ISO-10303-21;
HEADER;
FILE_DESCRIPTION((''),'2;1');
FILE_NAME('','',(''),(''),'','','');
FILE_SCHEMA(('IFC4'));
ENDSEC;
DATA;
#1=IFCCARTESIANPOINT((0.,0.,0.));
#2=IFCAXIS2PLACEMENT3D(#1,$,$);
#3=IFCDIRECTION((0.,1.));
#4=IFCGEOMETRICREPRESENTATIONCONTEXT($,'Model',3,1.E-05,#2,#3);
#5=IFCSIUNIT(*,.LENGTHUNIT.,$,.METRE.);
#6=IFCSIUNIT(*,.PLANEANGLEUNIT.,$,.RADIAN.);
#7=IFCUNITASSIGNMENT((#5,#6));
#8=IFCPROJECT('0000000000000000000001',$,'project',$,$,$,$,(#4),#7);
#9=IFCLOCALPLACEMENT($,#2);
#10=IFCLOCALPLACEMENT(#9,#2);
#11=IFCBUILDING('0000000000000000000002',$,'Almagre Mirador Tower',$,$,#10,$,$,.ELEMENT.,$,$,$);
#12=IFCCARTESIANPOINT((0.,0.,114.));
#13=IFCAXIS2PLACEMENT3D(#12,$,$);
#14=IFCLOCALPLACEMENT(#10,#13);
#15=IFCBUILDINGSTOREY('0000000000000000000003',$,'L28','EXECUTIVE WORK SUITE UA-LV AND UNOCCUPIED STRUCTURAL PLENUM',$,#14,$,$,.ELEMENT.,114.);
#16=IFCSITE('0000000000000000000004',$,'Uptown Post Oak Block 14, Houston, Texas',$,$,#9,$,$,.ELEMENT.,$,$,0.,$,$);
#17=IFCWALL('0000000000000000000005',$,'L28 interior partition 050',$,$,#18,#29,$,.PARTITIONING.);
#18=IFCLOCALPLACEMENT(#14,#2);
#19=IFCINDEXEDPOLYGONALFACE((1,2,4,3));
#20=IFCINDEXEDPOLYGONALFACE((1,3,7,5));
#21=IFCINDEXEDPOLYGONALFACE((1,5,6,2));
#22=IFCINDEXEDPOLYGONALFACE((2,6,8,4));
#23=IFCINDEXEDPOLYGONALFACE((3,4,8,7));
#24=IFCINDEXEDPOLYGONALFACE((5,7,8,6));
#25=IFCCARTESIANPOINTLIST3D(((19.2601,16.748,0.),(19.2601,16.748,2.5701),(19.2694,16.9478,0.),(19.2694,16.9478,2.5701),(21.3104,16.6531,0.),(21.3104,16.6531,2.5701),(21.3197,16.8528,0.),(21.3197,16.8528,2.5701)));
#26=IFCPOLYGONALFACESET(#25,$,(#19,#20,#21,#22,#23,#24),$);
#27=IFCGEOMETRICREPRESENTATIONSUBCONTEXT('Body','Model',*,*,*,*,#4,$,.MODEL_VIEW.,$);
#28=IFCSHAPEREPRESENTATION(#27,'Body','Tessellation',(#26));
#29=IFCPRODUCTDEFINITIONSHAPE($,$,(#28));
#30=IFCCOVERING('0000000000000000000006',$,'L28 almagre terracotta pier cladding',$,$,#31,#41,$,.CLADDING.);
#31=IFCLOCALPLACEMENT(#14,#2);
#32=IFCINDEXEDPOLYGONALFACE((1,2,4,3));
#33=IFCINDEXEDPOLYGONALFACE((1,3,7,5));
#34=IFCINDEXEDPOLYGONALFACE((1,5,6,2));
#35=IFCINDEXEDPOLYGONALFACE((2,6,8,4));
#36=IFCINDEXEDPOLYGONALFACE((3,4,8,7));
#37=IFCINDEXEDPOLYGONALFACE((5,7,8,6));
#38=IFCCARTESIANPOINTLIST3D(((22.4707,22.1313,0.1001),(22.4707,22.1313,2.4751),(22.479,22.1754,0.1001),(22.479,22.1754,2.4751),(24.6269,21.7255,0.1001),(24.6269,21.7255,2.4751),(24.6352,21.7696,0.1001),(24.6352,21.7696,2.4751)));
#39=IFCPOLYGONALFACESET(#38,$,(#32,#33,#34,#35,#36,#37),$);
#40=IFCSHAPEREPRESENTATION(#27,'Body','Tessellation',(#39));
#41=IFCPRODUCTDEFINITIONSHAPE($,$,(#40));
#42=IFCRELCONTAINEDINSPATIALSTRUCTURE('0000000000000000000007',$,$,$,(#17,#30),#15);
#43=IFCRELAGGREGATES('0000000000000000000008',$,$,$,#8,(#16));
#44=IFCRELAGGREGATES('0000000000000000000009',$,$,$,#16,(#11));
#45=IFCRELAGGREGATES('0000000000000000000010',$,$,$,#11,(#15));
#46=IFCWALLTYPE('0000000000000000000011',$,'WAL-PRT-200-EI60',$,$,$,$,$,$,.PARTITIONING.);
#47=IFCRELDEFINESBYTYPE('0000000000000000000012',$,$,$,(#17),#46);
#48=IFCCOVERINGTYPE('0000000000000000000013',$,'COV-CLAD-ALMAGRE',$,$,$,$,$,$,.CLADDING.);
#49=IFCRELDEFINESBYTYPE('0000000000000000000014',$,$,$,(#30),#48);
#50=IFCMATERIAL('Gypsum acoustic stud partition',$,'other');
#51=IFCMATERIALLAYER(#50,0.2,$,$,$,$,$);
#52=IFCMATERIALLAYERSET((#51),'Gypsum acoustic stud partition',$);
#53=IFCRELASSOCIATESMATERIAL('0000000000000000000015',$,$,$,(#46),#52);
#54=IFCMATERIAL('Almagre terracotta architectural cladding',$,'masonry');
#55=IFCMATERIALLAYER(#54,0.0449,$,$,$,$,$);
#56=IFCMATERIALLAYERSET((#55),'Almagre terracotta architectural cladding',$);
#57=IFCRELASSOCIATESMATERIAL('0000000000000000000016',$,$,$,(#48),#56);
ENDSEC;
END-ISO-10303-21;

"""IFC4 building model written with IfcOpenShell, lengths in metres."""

from ifc_helpers import new_model, si_unit, direction, frame, frame_2d, origin, origin_2d, place, context, subcontext, project, spatial, rectangle, extrude, material, layer, layer_set, type_object, element, save


model = new_model("IFC4")

# Units and contexts
model_context = context("Model", 3, precision=1e-05, world=origin(), true_north=direction((0.0, 1.0)))
body_context = subcontext(model_context, "Body", "Model", "MODEL_VIEW")
ifc_project = project(units=[si_unit("LENGTHUNIT", "METRE"), si_unit("PLANEANGLEUNIT", "RADIAN")], contexts=[model_context])

# Site, building, storey
site_placement = place(None, origin())
site = spatial("IfcSite", under=ifc_project, at=site_placement, Name="Uptown Post Oak Block 14, Houston, Texas", CompositionType="ELEMENT", RefElevation=0.0)
building_placement = place(site_placement, origin())
building = spatial("IfcBuilding", under=site, at=building_placement, Name="Almagre Mirador Tower", CompositionType="ELEMENT")
storey_placement = place(building_placement, frame((0.0, 0.0, 114.0)))
storey = spatial("IfcBuildingStorey", under=building, at=storey_placement, Name="L28", Description="EXECUTIVE WORK SUITE UA-LV AND UNOCCUPIED STRUCTURAL PLENUM", CompositionType="ELEMENT", Elevation=114.0)

# Shared definitions
ifc_material_1 = material(Name="Gypsum acoustic stud partition", Category="other")
ifc_layer_1 = layer(ifc_material_1, 0.2)
ifc_layer_set_1 = layer_set([ifc_layer_1], Name="Gypsum acoustic stud partition")
wall_type_1 = type_object("IfcWallType", Name="WAL-PRT-200-EI60", PredefinedType="PARTITIONING", material=ifc_layer_set_1)

# Wall
wall_1_placement = place(storey_placement, frame((21.3152, 16.7529, 0.0), z_axis=(0.0, 0.0, 1.0), x_axis=(-0.998929, 0.046271, 0.0)))
element("IfcWall", 1, at=wall_1_placement, inside=storey, type_object=wall_type_1, Name="L28 interior partition 050", PredefinedType="PARTITIONING", context=body_context, shape_type="SweptSolid", body=[
    extrude(rectangle(XDim=2.0525, YDim=0.2, at=frame_2d((1.0264, 0.0))), origin(), (0.0, 0.0, 1.0), 2.5701),
])

# Covering
ifc_material_2 = material(Name="Almagre terracotta architectural cladding", Category="masonry")
ifc_layer_2 = layer(ifc_material_2, 0.0449)
ifc_layer_set_2 = layer_set([ifc_layer_2], Name="Almagre terracotta architectural cladding")
covering_type = type_object("IfcCoveringType", Name="COV-CLAD-ALMAGRE", PredefinedType="CLADDING", material=ifc_layer_set_2)
covering_placement = place(storey_placement, frame((23.553, 21.9504, 0.1001), z_axis=(0.0, 0.0, 1.0), x_axis=(0.982745, -0.184963, 0.0)))
element("IfcCovering", 2, at=covering_placement, inside=storey, type_object=covering_type, Name="L28 almagre terracotta pier cladding", PredefinedType="CLADDING", context=body_context, shape_type="SweptSolid", body=[
    extrude(rectangle(XDim=2.1941, YDim=0.0449, at=origin_2d()), origin(), (0.0, 0.0, 1.0), 2.375),
])

save(model, "model.ifc")
